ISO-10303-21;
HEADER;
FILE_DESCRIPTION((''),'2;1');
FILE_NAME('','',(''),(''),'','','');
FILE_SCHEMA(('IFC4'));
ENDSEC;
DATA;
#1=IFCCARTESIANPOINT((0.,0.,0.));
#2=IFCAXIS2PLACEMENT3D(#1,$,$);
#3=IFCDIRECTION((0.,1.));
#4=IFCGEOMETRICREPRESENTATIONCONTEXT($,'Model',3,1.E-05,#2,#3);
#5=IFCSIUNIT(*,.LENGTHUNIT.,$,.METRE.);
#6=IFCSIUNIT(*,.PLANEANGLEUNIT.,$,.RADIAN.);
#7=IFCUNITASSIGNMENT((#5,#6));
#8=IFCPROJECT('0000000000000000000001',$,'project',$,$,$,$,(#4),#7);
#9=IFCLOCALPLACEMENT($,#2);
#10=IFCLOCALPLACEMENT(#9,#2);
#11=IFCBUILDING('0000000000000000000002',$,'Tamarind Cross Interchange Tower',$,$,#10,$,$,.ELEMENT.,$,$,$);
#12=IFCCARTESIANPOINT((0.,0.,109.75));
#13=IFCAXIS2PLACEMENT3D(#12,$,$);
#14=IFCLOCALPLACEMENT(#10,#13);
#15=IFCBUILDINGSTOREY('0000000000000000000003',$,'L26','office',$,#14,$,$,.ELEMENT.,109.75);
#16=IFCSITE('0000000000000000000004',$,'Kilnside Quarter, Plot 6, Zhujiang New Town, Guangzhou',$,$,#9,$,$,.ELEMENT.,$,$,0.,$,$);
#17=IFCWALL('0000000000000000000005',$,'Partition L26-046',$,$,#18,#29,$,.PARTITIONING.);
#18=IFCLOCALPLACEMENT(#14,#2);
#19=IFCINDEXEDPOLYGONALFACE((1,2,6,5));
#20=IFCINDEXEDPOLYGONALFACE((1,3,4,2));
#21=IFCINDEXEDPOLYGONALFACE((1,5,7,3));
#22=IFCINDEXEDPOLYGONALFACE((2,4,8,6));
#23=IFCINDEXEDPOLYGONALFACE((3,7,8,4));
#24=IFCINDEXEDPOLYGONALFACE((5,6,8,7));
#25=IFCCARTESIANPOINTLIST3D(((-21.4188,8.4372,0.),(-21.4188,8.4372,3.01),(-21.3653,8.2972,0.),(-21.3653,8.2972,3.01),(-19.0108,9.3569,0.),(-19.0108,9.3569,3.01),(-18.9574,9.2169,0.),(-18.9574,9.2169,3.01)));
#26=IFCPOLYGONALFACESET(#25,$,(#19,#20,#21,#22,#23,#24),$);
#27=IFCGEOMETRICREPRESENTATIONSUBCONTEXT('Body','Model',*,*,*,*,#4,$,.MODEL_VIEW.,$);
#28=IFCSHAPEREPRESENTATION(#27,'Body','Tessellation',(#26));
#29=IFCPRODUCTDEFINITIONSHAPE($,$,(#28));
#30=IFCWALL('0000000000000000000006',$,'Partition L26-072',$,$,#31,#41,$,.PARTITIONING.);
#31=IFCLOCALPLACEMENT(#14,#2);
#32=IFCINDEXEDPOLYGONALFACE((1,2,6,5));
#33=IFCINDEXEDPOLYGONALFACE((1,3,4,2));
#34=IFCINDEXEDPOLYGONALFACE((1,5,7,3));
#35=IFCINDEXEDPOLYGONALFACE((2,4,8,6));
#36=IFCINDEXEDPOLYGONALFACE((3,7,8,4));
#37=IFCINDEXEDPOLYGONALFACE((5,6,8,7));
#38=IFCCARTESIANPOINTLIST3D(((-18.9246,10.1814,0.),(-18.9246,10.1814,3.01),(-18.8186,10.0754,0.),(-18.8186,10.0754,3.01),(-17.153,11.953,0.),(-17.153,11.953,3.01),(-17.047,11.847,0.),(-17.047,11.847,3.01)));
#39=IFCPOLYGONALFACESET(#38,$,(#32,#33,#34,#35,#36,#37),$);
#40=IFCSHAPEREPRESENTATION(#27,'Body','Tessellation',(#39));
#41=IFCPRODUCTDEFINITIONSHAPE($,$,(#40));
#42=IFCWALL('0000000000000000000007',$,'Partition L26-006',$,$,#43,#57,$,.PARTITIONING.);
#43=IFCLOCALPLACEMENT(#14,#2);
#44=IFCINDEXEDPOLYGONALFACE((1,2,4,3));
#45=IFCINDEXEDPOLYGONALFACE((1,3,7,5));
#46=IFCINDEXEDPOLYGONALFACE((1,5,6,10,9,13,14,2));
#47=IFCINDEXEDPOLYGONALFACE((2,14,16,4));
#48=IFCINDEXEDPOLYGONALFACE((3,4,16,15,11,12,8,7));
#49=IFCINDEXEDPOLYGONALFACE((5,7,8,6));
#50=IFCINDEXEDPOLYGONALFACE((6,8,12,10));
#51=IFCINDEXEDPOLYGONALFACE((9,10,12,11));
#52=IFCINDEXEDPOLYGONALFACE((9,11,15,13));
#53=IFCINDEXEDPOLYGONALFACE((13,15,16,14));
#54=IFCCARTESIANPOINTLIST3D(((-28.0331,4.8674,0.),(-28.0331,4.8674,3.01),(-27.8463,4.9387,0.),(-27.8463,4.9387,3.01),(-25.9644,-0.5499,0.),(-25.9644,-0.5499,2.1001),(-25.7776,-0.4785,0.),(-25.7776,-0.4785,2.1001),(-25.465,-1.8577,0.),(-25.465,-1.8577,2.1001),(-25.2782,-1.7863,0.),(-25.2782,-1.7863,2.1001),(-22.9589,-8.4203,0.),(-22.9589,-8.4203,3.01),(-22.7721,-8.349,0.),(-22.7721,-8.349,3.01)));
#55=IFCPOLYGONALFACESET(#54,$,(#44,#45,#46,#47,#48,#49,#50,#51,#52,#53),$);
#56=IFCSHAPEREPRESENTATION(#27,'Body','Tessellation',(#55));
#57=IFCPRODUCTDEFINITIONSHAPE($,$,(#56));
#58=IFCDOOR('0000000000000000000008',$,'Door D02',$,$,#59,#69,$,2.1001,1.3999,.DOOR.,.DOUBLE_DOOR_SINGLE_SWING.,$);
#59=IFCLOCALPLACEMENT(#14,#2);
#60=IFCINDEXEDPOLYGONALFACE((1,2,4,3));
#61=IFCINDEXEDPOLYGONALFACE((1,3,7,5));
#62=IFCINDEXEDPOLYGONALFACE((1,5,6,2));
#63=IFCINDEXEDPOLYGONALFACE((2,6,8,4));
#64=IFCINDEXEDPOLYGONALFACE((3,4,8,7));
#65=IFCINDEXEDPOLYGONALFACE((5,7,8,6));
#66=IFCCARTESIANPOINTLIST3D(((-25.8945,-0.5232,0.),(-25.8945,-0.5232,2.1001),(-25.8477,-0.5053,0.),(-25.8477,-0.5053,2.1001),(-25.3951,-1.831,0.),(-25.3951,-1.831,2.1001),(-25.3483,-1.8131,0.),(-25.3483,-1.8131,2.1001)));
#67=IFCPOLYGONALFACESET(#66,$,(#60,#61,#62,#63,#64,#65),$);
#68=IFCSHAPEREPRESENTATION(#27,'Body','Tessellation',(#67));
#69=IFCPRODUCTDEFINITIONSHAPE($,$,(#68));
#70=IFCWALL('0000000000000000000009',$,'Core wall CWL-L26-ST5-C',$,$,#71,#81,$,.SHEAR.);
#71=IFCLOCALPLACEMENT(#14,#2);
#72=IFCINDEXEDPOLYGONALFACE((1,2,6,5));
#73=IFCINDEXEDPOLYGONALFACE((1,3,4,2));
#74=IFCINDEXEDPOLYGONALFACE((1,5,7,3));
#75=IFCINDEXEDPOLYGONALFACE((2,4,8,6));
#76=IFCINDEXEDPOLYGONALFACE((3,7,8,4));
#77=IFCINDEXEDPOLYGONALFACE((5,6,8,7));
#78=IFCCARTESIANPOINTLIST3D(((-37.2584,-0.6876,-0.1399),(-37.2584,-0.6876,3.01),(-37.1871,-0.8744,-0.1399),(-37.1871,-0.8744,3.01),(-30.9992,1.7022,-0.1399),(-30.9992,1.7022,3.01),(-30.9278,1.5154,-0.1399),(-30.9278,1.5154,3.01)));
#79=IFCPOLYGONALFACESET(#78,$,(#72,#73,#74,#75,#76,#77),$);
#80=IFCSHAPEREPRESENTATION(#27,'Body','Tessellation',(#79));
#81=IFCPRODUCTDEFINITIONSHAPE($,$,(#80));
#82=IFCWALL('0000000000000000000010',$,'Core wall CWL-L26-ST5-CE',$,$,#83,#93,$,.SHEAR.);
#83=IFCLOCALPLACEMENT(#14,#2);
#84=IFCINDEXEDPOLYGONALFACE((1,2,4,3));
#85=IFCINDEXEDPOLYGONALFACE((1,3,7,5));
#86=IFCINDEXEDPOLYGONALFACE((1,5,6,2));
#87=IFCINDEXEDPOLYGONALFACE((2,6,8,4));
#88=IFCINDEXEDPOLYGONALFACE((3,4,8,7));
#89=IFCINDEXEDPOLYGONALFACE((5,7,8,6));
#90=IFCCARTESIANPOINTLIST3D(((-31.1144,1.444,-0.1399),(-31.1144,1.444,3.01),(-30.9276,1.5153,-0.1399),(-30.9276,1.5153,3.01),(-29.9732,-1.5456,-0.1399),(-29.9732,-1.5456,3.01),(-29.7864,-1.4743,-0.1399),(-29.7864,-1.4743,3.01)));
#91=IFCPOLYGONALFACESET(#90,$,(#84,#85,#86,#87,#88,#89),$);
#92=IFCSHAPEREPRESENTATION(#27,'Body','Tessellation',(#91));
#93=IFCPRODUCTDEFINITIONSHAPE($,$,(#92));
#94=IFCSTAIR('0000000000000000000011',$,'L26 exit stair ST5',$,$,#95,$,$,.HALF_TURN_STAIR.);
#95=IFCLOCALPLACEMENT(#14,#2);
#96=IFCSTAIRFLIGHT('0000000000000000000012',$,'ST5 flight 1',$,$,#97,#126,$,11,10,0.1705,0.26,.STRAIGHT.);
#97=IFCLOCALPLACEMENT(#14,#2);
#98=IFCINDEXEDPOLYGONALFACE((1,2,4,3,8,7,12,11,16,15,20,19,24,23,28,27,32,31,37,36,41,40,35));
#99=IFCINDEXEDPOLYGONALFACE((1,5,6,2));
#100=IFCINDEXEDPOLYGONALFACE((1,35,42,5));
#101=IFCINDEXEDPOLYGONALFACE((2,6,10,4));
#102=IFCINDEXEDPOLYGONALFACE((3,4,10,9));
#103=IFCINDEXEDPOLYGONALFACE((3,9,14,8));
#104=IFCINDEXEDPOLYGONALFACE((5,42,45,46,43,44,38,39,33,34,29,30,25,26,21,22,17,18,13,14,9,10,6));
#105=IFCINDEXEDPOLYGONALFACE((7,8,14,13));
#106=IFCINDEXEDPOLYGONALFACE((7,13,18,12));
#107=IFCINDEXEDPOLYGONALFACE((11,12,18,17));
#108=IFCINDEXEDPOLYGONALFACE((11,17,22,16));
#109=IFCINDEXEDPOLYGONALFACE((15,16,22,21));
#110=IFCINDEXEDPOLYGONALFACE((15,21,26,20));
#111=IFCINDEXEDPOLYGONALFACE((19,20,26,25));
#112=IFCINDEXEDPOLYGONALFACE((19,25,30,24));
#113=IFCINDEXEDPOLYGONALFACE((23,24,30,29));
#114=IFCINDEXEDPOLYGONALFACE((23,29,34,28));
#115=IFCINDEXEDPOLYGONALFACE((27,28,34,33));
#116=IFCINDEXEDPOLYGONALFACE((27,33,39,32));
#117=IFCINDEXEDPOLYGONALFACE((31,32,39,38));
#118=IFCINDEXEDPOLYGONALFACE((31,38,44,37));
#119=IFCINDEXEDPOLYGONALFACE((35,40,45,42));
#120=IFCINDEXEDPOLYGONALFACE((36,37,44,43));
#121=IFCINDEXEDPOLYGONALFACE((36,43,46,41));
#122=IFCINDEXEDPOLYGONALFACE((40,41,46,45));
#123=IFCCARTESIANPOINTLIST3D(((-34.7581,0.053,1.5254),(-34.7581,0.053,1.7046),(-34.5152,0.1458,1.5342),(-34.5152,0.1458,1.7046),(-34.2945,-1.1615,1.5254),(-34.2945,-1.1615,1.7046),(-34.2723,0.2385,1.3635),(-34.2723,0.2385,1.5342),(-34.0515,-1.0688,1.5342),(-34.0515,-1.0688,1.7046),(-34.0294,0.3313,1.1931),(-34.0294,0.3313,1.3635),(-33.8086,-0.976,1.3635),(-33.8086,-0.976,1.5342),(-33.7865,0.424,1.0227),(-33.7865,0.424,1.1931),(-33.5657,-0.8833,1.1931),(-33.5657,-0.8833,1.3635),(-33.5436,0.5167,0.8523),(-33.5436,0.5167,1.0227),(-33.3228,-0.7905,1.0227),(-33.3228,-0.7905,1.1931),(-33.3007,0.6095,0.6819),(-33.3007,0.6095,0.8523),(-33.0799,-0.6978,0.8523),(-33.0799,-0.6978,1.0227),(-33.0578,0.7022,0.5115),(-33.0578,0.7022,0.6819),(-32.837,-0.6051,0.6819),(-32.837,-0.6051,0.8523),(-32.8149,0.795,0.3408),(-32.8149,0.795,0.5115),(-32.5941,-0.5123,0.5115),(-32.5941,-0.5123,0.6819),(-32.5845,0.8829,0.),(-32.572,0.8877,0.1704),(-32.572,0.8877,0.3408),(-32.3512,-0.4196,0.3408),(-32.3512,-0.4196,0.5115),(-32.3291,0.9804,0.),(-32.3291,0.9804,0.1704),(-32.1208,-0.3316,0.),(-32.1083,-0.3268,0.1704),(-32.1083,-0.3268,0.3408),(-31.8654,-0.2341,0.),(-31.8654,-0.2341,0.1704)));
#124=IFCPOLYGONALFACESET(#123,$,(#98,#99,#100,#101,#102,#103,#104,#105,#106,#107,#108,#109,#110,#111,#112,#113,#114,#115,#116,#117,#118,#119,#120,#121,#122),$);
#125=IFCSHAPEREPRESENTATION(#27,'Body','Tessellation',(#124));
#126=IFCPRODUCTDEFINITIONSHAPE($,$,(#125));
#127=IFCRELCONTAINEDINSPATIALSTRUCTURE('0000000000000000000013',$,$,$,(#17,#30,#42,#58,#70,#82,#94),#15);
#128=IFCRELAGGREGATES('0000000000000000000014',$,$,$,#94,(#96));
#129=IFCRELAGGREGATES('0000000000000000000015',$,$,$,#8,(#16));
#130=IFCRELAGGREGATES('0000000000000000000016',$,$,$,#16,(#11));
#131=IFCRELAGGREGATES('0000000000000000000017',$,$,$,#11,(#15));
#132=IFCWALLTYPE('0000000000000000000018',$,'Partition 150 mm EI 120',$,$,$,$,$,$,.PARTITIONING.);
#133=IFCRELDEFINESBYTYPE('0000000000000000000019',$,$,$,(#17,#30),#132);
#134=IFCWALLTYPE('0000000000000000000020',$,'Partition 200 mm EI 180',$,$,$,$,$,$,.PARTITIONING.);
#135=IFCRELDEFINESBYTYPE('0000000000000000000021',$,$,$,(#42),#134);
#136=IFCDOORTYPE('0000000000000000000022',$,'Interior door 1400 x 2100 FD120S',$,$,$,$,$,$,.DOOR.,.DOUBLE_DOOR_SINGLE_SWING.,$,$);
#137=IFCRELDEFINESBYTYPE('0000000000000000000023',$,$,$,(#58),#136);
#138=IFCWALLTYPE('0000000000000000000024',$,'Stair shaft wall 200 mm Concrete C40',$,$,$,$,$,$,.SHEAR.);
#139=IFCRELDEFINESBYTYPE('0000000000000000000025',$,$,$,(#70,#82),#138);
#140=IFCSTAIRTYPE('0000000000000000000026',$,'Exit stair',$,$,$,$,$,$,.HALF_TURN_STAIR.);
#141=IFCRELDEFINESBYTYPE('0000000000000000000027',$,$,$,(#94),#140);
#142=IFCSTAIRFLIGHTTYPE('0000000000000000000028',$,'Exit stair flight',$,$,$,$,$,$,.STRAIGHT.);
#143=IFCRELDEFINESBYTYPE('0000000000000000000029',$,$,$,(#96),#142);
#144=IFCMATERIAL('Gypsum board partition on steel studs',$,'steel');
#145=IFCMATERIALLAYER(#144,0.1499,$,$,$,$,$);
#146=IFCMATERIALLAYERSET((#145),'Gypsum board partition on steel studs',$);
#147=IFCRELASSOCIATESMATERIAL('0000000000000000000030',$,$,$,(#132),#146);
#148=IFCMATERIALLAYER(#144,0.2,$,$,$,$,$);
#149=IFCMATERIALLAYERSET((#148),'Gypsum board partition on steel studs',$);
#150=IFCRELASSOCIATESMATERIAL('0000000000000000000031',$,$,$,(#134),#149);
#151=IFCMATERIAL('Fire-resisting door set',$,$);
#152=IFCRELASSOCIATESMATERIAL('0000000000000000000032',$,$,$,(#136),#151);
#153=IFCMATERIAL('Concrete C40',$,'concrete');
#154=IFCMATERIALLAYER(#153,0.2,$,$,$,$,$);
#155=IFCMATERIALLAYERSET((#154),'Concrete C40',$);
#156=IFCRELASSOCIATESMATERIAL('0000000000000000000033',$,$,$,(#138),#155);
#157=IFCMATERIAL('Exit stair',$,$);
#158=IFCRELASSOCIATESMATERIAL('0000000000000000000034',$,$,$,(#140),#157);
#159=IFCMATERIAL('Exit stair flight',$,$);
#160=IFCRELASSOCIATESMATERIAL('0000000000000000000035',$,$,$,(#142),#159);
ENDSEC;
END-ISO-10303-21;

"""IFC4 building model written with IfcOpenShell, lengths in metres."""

from ifc_helpers import new_model, si_unit, direction, frame, frame_2d, origin, place, context, subcontext, project, spatial, polyline, rectangle, outline, extrude, material, layer, layer_set, type_object, element, fill, aggregate, save


model = new_model("IFC4")

# Units and contexts
model_context = context("Model", 3, precision=1e-05, world=origin(), true_north=direction((0.0, 1.0)))
body_context = subcontext(model_context, "Body", "Model", "MODEL_VIEW")
ifc_project = project(units=[si_unit("LENGTHUNIT", "METRE"), si_unit("PLANEANGLEUNIT", "RADIAN")], contexts=[model_context])

# Site, building, storey
site_placement = place(None, origin())
site = spatial("IfcSite", under=ifc_project, at=site_placement, Name="Kilnside Quarter, Plot 6, Zhujiang New Town, Guangzhou", CompositionType="ELEMENT", RefElevation=0.0)
building_placement = place(site_placement, origin())
building = spatial("IfcBuilding", under=site, at=building_placement, Name="Tamarind Cross Interchange Tower", CompositionType="ELEMENT")
storey_placement = place(building_placement, frame((0.0, 0.0, 109.75)))
storey = spatial("IfcBuildingStorey", under=building, at=storey_placement, Name="L26", Description="office", CompositionType="ELEMENT", Elevation=109.75)

# Shared definitions
ifc_material_1 = material(Name="Gypsum board partition on steel studs", Category="steel")
ifc_layer_1 = layer(ifc_material_1, 0.1499)
ifc_layer_set_1 = layer_set([ifc_layer_1], Name="Gypsum board partition on steel studs")
wall_type_1 = type_object("IfcWallType", Name="Partition 150 mm EI 120", PredefinedType="PARTITIONING", material=ifc_layer_set_1)

# Shared definitions
ifc_material_2 = material(Name="Fire-resisting door set")

# Walls
wall_1_placement = place(storey_placement, frame((-21.3921, 8.3672, 0.0), z_axis=(0.0, 0.0, 1.0), x_axis=(0.934183, 0.356795, 0.0)))
element("IfcWall", 1, at=wall_1_placement, inside=storey, type_object=wall_type_1, Name="Partition L26-046", PredefinedType="PARTITIONING", context=body_context, shape_type="SweptSolid", body=[
    extrude(rectangle(XDim=2.5776, YDim=0.1499, at=frame_2d((1.2888, 0.0))), origin(), (0.0, 0.0, 1.0), 3.01),
])
wall_2_placement = place(storey_placement, frame((-18.8716, 10.1284, 0.0), z_axis=(0.0, 0.0, 1.0), x_axis=(0.707107, 0.707107, 0.0)))
element("IfcWall", 2, at=wall_2_placement, inside=storey, type_object=wall_type_1, Name="Partition L26-072", PredefinedType="PARTITIONING", context=body_context, shape_type="SweptSolid", body=[
    extrude(rectangle(XDim=2.5054, YDim=0.1499, at=frame_2d((1.2527, 0.0))), origin(), (0.0, 0.0, 1.0), 3.01),
])

# Wall, opening, door
ifc_layer_2 = layer(ifc_material_1, 0.2)
ifc_layer_set_2 = layer_set([ifc_layer_2], Name="Gypsum board partition on steel studs")
wall_type_2 = type_object("IfcWallType", Name="Partition 200 mm EI 180", PredefinedType="PARTITIONING", material=ifc_layer_set_2)
wall_3_placement = place(storey_placement, frame((-27.9397, 4.9031, 0.0), z_axis=(0.0, 0.0, 1.0), x_axis=(0.356743, -0.934202, 0.0)))
wall_3 = element("IfcWall", 3, at=wall_3_placement, inside=storey, type_object=wall_type_2, Name="Partition L26-006", PredefinedType="PARTITIONING", context=body_context, shape_type="SweptSolid", body=[
    extrude(rectangle(XDim=14.2236, YDim=0.2, at=frame_2d((7.1118, 0.0))), origin(), (0.0, 0.0, 1.0), 3.01),
])
opening_1_placement = place(wall_3_placement, frame((5.7988, 0.0, 0.0)))
opening_1 = element("IfcOpeningElement", 4, at=opening_1_placement, cuts=wall_3, PredefinedType="OPENING", context=body_context, shape_type="SweptSolid", body=[
    extrude(rectangle(XDim=1.3999, YDim=2.1001, at=frame_2d((0.7, 1.05))), frame((0.0, 0.1099, 0.0), z_axis=(0.0, -1.0, 0.0), x_axis=(1.0, 0.0, 0.0)), (0.0, 0.0, 1.0), 0.22),
])
door_type_1 = type_object("IfcDoorType", Name="Interior door 1400 x 2100 FD120S", OperationType="DOUBLE_DOOR_SINGLE_SWING", PredefinedType="DOOR", material=ifc_material_2)
door_1_placement = place(opening_1_placement, origin())
door_1 = element("IfcDoor", 5, at=door_1_placement, inside=storey, type_object=door_type_1, Name="Door D02", OperationType="DOUBLE_DOOR_SINGLE_SWING", OverallHeight=2.1001, OverallWidth=1.3999, PredefinedType="DOOR", context=body_context, shape_type="SweptSolid", body=[
    extrude(rectangle(XDim=1.3999, YDim=2.1001, at=frame_2d((0.7, 1.05))), frame((0.0, 0.0249, 0.0), z_axis=(0.0, -1.0, 0.0), x_axis=(1.0, 0.0, 0.0)), (0.0, 0.0, 1.0), 0.05),
])
fill(opening_1, door_1)

# Walls
ifc_material_3 = material(Name="Concrete C40", Category="concrete")
ifc_layer_3 = layer(ifc_material_3, 0.2)
ifc_layer_set_3 = layer_set([ifc_layer_3], Name="Concrete C40")
wall_type_3 = type_object("IfcWallType", Name="Stair shaft wall 200 mm Concrete C40", PredefinedType="SHEAR", material=ifc_layer_set_3)
wall_4_placement = place(storey_placement, frame((-30.9634, 1.6089, -0.1399), z_axis=(0.0, 0.0, 1.0), x_axis=(-0.934219, -0.3567, 0.0)))
element("IfcWall", 6, at=wall_4_placement, inside=storey, type_object=wall_type_3, Name="Core wall CWL-L26-ST5-C", PredefinedType="SHEAR", context=body_context, shape_type="SweptSolid", body=[
    extrude(rectangle(XDim=6.7, YDim=0.2, at=frame_2d((3.3501, 0.0))), origin(), (0.0, 0.0, 1.0), 3.1499),
])
wall_5_placement = place(storey_placement, frame((-31.021, 1.4797, -0.1399), z_axis=(0.0, 0.0, 1.0), x_axis=(0.356611, -0.934253, 0.0)))
element("IfcWall", 7, at=wall_5_placement, inside=storey, type_object=wall_type_3, Name="Core wall CWL-L26-ST5-CE", PredefinedType="SHEAR", context=body_context, shape_type="SweptSolid", body=[
    extrude(rectangle(XDim=3.2, YDim=0.2, at=frame_2d((1.6001, 0.0))), origin(), (0.0, 0.0, 1.0), 3.1499),
])

# Stair, stair flight
ifc_material_4 = material(Name="Exit stair")
stair_type = type_object("IfcStairType", Name="Exit stair", PredefinedType="HALF_TURN_STAIR", material=ifc_material_4)
stair_placement = place(storey_placement, origin())
stair = element("IfcStair", 8, at=stair_placement, inside=storey, type_object=stair_type, Name="L26 exit stair ST5", PredefinedType="HALF_TURN_STAIR")
ifc_material_5 = material(Name="Exit stair flight")
stair_flight_type = type_object("IfcStairFlightType", Name="Exit stair flight", PredefinedType="STRAIGHT", material=ifc_material_5)
stair_flight_placement = place(storey_placement, frame((-32.0972, 0.373, 0.0), z_axis=(0.0, 0.0, 1.0), x_axis=(-0.934229, -0.356673, 0.0)))
stair_flight = element("IfcStairFlight", 9, at=stair_flight_placement, type_object=stair_flight_type, Name="ST5 flight 1", NumberOfRisers=11, NumberOfTreads=10, PredefinedType="STRAIGHT", RiserHeight=0.1705, TreadLength=0.26, context=body_context, shape_type="SweptSolid", body=[
    extrude(outline(polyline([(0.0, 0.0), (0.0, 0.1704), (0.26, 0.1704), (0.26, 0.3408), (0.52, 0.3408), (0.52, 0.5115), (0.78, 0.5115), (0.78, 0.6819), (1.04, 0.6819), (1.04, 0.8523), (1.3, 0.8523), (1.3, 1.0227), (1.5601, 1.0227), (1.5601, 1.1931), (1.8201, 1.1931), (1.8201, 1.3635), (2.0801, 1.3635), (2.0801, 1.5342), (2.3401, 1.5342), (2.3401, 1.7046), (2.6001, 1.7046), (2.6001, 1.875), (2.6001, 1.5254), (0.2734, 0.0), (0.0, 0.0)])), frame((0.0, 0.6499, 0.0), z_axis=(0.0, -1.0, 0.0), x_axis=(1.0, 0.0, 0.0)), (0.0, 0.0, 1.0), 1.3),
])
aggregate(stair, [stair_flight])

save(model, "model.ifc")
